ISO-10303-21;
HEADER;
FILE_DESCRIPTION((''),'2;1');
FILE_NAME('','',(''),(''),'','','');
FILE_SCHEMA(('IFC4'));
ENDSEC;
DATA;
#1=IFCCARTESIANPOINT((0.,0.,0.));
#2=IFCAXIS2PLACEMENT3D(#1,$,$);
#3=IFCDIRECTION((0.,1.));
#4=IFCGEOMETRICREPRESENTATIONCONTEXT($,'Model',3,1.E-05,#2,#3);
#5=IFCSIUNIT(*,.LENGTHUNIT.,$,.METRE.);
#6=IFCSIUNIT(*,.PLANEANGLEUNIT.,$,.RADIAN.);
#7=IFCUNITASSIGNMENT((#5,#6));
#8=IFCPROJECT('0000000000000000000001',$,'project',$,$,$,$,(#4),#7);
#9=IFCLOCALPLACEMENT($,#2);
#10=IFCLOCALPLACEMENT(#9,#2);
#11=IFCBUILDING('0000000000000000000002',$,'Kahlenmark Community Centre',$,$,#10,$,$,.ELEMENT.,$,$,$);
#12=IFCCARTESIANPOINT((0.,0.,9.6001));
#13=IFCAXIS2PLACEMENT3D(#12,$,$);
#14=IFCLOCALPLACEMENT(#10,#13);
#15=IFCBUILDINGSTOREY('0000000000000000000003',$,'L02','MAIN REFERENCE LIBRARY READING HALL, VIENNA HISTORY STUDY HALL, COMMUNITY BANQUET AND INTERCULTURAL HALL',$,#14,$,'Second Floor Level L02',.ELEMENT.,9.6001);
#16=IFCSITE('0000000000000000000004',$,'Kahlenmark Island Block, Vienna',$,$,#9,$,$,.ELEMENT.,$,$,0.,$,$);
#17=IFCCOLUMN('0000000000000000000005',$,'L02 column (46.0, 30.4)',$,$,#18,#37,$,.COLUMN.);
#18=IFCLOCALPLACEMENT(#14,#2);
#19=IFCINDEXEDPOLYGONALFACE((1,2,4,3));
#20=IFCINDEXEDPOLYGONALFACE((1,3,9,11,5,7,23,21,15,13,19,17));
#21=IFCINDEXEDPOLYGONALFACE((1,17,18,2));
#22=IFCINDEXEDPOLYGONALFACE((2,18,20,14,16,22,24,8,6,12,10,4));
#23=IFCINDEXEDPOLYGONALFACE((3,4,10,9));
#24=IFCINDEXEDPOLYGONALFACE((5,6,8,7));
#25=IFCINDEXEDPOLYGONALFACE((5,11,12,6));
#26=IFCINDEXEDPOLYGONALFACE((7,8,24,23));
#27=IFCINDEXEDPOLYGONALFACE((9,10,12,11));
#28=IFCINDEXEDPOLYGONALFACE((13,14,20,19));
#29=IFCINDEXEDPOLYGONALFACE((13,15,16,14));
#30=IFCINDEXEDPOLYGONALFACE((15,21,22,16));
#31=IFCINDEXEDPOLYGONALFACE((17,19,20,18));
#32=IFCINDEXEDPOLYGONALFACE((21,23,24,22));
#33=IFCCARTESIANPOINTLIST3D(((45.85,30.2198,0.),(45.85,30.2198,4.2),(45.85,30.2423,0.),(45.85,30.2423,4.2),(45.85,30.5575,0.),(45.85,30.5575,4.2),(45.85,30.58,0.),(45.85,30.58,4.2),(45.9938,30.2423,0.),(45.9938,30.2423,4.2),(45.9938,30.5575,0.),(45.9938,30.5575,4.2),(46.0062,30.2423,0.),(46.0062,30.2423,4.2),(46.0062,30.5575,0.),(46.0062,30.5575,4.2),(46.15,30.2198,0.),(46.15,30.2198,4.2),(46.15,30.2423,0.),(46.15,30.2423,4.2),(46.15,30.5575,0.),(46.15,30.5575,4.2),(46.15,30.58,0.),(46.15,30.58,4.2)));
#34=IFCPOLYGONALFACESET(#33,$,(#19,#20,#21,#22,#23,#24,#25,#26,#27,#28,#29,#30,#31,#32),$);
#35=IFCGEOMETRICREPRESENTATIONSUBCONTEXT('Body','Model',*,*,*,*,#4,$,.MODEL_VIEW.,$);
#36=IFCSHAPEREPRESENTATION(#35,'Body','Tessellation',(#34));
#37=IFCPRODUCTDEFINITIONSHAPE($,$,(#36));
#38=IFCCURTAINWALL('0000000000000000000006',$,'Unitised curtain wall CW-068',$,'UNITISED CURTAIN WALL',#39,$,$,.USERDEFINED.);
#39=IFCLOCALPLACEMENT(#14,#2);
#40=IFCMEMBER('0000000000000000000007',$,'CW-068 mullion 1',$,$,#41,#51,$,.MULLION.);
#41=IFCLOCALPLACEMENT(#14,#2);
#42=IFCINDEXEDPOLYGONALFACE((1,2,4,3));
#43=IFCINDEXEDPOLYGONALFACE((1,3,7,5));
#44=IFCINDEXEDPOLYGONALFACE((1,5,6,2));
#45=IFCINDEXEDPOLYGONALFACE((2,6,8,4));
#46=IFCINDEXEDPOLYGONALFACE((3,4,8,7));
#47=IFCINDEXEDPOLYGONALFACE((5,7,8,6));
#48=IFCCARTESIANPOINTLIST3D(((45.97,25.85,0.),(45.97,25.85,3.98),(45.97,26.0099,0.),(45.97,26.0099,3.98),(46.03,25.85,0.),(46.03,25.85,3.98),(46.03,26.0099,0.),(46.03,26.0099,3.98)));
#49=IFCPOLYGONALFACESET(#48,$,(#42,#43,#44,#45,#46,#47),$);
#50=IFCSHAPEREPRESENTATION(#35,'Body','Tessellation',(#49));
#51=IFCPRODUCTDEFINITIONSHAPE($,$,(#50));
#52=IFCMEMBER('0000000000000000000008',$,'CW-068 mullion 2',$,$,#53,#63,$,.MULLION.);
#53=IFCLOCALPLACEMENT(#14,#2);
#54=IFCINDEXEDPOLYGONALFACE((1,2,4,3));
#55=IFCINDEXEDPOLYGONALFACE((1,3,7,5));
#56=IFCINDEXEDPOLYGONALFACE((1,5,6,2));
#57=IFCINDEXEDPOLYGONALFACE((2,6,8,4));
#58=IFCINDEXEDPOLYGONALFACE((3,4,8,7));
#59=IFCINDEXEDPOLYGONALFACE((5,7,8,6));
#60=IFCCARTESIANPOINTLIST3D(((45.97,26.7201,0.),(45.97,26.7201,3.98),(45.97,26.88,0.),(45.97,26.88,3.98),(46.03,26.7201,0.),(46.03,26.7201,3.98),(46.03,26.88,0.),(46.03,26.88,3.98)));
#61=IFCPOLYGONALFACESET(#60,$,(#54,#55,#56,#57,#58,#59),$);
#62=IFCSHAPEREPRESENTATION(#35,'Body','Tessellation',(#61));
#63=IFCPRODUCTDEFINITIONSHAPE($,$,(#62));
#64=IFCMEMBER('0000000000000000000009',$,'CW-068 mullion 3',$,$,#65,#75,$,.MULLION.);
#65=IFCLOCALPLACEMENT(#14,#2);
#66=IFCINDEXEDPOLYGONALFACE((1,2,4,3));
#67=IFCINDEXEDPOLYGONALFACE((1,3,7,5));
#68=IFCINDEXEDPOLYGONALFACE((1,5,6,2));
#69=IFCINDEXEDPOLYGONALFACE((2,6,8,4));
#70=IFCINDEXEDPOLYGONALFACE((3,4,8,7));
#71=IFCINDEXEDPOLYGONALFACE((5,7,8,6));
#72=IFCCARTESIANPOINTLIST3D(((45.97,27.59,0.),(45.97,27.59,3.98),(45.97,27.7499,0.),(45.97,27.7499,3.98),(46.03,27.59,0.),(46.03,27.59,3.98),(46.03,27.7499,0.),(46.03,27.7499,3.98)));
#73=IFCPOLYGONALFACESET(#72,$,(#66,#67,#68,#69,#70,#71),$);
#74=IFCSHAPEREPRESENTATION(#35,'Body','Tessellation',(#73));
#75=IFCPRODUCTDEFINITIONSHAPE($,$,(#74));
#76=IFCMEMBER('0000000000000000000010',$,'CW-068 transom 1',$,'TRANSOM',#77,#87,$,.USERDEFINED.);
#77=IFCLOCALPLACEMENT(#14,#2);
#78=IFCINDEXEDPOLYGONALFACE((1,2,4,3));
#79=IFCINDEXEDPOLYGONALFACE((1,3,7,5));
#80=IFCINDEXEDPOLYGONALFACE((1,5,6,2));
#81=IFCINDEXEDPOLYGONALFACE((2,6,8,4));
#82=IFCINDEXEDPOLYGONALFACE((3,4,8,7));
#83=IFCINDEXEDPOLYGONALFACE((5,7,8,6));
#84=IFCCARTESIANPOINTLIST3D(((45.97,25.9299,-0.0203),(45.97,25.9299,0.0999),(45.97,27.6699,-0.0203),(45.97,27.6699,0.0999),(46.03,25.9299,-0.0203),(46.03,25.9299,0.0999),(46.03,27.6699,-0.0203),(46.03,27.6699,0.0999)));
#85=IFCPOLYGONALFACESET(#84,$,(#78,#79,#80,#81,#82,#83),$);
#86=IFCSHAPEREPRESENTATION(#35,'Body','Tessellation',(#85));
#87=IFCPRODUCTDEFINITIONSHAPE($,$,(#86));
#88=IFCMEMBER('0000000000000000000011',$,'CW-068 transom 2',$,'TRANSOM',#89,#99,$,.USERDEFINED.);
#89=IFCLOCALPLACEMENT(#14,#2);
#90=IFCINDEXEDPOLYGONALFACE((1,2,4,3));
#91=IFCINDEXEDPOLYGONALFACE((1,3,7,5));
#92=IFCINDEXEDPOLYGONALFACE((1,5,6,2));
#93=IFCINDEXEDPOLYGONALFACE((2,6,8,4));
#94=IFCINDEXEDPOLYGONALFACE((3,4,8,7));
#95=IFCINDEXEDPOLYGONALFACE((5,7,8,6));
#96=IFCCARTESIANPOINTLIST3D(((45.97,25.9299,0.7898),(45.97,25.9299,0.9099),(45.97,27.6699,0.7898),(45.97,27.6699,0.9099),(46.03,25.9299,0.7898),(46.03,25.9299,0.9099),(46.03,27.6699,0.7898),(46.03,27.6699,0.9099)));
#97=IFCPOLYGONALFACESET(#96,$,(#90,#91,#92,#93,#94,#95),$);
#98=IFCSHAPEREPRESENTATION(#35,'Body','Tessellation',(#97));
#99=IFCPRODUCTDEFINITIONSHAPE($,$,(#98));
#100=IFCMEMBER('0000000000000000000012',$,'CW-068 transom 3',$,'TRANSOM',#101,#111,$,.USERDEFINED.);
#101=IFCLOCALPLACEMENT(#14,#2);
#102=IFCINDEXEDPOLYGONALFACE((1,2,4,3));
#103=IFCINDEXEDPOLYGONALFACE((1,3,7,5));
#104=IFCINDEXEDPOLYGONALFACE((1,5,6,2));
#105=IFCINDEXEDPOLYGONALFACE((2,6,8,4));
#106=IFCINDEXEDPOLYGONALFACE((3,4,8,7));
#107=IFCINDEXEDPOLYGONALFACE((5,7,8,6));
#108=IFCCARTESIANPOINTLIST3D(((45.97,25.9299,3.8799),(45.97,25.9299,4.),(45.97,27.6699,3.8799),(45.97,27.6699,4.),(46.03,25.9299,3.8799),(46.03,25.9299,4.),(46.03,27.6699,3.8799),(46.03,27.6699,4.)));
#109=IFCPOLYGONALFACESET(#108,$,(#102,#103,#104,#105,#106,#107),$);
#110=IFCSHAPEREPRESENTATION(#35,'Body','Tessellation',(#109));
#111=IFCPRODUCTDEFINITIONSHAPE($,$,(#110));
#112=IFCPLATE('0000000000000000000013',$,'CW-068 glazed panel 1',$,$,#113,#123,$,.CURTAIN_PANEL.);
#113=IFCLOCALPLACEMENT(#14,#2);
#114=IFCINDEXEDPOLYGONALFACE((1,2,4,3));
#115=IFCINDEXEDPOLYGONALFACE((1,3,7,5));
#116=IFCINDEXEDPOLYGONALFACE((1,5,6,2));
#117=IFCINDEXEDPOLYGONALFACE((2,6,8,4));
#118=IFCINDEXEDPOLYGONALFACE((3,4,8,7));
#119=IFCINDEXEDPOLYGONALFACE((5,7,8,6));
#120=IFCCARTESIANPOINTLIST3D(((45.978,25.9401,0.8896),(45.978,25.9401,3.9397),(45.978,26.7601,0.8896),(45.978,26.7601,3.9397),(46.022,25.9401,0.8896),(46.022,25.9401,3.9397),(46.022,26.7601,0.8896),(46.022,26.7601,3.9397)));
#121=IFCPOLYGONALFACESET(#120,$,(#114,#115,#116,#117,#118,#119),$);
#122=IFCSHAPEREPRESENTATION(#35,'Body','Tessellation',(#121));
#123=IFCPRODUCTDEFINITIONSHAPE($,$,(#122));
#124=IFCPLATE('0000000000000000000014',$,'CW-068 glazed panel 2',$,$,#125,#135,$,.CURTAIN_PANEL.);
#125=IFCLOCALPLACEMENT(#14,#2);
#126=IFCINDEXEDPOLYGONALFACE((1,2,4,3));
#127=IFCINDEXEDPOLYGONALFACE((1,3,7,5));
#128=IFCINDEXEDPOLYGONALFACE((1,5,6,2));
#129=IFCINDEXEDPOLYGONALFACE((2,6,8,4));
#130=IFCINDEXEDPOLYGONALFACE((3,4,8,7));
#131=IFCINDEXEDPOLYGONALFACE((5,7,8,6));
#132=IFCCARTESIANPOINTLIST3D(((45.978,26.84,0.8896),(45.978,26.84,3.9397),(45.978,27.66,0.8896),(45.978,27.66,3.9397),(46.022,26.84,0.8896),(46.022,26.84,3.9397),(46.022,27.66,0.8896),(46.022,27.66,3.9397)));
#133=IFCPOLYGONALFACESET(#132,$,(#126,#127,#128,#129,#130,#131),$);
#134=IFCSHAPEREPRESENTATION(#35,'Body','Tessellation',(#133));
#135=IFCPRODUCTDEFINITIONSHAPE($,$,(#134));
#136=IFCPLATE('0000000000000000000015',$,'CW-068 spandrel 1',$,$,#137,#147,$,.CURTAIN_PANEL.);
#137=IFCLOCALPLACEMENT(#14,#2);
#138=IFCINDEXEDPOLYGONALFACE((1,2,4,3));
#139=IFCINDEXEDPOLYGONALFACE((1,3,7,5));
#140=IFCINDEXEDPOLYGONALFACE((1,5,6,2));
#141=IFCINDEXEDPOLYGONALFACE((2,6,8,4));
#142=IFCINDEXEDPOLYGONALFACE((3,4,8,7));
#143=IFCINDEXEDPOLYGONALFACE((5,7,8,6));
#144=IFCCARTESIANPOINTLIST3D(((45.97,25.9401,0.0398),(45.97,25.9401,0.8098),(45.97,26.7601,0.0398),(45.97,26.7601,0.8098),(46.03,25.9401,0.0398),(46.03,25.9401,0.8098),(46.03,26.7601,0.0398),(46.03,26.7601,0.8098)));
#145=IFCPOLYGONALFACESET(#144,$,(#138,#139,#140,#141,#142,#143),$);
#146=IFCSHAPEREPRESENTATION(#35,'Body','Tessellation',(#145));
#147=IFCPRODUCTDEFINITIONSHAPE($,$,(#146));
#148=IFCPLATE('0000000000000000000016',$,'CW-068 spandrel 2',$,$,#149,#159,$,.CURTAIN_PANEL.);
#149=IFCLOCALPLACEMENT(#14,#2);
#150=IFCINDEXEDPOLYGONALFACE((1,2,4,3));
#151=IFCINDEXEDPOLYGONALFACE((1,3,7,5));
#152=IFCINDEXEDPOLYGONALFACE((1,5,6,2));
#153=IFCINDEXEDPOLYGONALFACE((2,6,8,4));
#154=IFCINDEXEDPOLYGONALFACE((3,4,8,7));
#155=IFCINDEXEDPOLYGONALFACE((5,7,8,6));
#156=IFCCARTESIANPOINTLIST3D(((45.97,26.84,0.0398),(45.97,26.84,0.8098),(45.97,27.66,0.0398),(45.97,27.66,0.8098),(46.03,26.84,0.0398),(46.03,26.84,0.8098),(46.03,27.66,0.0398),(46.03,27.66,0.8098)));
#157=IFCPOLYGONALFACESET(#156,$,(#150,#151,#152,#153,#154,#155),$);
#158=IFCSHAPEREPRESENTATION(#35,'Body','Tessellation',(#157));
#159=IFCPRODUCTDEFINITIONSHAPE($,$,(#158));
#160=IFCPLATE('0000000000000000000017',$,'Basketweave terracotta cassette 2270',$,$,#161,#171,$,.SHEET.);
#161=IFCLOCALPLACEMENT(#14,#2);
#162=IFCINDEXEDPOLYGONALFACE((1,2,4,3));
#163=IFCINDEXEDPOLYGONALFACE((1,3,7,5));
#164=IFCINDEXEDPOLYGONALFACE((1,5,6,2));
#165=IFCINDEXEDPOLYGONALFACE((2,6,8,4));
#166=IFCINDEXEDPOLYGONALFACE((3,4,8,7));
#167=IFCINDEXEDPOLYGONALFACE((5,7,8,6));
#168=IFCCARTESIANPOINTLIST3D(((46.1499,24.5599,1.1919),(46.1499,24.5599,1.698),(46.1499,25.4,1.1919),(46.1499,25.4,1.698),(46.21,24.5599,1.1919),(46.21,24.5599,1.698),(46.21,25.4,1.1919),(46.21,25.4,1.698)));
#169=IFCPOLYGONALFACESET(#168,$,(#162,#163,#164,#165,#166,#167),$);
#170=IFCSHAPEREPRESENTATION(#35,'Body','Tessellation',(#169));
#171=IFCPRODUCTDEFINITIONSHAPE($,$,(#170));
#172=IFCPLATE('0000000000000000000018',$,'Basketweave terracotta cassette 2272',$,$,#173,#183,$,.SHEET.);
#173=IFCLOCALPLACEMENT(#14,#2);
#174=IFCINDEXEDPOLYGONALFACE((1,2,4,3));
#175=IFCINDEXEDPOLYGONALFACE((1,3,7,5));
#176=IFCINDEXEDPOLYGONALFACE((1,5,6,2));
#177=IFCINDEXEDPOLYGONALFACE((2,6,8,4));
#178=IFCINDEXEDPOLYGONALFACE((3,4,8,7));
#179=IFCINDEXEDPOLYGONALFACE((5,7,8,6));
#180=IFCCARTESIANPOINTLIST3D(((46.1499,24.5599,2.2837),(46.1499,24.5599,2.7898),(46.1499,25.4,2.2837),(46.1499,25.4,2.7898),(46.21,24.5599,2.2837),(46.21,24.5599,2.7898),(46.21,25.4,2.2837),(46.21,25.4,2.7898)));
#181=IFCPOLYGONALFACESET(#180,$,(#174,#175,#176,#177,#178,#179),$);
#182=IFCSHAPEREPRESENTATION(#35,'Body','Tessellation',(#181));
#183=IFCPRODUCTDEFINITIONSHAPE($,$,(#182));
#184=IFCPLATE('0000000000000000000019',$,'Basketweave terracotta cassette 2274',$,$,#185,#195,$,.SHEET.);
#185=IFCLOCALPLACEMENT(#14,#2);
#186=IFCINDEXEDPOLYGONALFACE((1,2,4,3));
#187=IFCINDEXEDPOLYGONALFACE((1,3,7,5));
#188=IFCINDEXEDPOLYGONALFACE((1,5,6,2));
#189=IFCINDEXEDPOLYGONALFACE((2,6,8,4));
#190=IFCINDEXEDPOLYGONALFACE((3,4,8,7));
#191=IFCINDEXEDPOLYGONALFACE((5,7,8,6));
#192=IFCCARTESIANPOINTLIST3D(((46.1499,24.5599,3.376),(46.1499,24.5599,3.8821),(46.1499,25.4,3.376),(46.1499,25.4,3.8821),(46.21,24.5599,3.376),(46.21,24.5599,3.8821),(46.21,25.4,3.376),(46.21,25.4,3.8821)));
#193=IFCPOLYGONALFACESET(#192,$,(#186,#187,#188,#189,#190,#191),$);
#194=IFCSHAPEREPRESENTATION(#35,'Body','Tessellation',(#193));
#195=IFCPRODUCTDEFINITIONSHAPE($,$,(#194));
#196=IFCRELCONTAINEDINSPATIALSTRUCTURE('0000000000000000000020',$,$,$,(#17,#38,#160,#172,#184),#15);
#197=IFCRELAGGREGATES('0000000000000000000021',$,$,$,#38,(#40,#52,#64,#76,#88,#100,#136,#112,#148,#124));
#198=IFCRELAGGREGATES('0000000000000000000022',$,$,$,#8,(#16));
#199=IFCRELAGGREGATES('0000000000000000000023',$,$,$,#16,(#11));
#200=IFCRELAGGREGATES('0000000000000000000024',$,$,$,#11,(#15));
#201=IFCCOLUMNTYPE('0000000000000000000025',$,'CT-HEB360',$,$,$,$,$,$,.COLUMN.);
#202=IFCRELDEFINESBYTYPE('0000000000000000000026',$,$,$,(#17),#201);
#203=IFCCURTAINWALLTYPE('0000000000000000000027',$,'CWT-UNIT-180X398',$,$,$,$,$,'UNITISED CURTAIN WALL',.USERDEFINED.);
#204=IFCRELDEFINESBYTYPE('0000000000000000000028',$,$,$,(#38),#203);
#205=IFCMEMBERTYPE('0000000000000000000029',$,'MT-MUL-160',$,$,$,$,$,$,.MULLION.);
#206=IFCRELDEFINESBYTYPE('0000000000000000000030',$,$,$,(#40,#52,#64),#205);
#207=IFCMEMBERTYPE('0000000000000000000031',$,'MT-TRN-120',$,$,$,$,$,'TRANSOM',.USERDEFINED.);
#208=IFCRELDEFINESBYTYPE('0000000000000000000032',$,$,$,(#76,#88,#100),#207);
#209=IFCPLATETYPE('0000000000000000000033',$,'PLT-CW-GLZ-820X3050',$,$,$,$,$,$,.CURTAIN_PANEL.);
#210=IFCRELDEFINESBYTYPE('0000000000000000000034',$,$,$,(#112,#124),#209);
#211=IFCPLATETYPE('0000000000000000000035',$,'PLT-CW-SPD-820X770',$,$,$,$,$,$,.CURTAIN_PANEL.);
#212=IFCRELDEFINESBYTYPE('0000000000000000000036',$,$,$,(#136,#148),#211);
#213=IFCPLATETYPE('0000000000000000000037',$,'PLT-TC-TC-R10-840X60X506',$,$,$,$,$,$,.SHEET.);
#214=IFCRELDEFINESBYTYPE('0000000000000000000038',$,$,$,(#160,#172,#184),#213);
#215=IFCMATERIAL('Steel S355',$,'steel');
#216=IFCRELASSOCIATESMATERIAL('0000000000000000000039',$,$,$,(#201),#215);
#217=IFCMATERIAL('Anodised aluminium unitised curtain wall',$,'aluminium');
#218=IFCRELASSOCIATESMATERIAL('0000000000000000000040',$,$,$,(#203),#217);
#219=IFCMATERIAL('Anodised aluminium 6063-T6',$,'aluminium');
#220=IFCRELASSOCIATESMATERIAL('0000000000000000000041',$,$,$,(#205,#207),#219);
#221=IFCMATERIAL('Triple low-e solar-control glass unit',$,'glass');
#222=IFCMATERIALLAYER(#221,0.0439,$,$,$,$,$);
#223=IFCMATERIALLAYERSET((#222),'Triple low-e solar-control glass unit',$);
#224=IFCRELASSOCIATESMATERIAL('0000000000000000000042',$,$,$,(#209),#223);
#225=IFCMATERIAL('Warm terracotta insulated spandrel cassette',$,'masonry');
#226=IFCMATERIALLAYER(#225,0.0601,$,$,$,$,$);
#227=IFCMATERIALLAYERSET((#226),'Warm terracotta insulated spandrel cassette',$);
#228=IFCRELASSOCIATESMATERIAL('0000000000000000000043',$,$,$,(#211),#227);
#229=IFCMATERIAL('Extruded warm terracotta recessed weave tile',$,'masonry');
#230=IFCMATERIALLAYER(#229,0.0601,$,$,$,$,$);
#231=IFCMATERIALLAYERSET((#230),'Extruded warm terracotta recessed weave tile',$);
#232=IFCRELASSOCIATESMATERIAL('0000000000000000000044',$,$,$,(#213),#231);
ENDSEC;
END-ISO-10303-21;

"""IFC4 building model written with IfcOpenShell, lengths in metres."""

from ifc_helpers import new_model, si_unit, direction, frame, origin, origin_2d, place, context, subcontext, project, spatial, rectangle, i_section, extrude, material, layer, layer_set, material_profile, profile_set, type_object, element, aggregate, save


model = new_model("IFC4")

# Units and contexts
model_context = context("Model", 3, precision=1e-05, world=origin(), true_north=direction((0.0, 1.0)))
body_context = subcontext(model_context, "Body", "Model", "MODEL_VIEW")
ifc_project = project(units=[si_unit("LENGTHUNIT", "METRE"), si_unit("PLANEANGLEUNIT", "RADIAN")], contexts=[model_context])

# Site, building, storey
site_placement = place(None, origin())
site = spatial("IfcSite", under=ifc_project, at=site_placement, Name="Kahlenmark Island Block, Vienna", CompositionType="ELEMENT", RefElevation=0.0)
building_placement = place(site_placement, origin())
building = spatial("IfcBuilding", under=site, at=building_placement, Name="Kahlenmark Community Centre", CompositionType="ELEMENT")
storey_placement = place(building_placement, frame((0.0, 0.0, 9.6001)))
storey = spatial("IfcBuildingStorey", under=building, at=storey_placement, Name="L02", Description="MAIN REFERENCE LIBRARY READING HALL, VIENNA HISTORY STUDY HALL, COMMUNITY BANQUET AND INTERCULTURAL HALL", LongName="Second Floor Level L02", CompositionType="ELEMENT", Elevation=9.6001)

# Column
ifc_material_1 = material(Name="Steel S355", Category="steel")
ifc_material_profile_1 = material_profile(ifc_material_1, i_section(OverallWidth=0.3, OverallDepth=0.3601, WebThickness=0.0125, FlangeThickness=0.0225, at=origin_2d()), Name="HEB 360")
ifc_profile_set_1 = profile_set([ifc_material_profile_1], Name="Steel S355")
column_type = type_object("IfcColumnType", Name="CT-HEB360", PredefinedType="COLUMN", material=ifc_profile_set_1)
column_placement = place(storey_placement, frame((46.0, 30.3999, 0.0), z_axis=(0.0, 0.0, 1.0), x_axis=(1.0, 0.0, 0.0)))
element("IfcColumn", 1, at=column_placement, inside=storey, type_object=column_type, Name="L02 column (46.0, 30.4)", PredefinedType="COLUMN", context=body_context, shape_type="SweptSolid", body=[
    extrude(i_section(OverallWidth=0.3, OverallDepth=0.3601, WebThickness=0.0125, FlangeThickness=0.0225, at=origin_2d()), origin(), (0.0, 0.0, 1.0), 4.2),
])

# Curtain wall, members, plates
ifc_material_2 = material(Name="Anodised aluminium unitised curtain wall", Category="aluminium")
curtain_wall_type = type_object("IfcCurtainWallType", Name="CWT-UNIT-180X398", ElementType="UNITISED CURTAIN WALL", PredefinedType="USERDEFINED", material=ifc_material_2)
curtain_wall_placement = place(storey_placement, origin())
curtain_wall = element("IfcCurtainWall", 2, at=curtain_wall_placement, inside=storey, type_object=curtain_wall_type, Name="Unitised curtain wall CW-068", ObjectType="UNITISED CURTAIN WALL", PredefinedType="USERDEFINED")
ifc_material_3 = material(Name="Anodised aluminium 6063-T6", Category="aluminium")
ifc_material_profile_2 = material_profile(ifc_material_3, rectangle(XDim=0.0601, YDim=0.1599, at=origin_2d()), Name="ALU MULLION 60x160")
ifc_profile_set_2 = profile_set([ifc_material_profile_2], Name="Anodised aluminium 6063-T6")
member_type_1 = type_object("IfcMemberType", Name="MT-MUL-160", PredefinedType="MULLION", material=ifc_profile_set_2)
member_1_placement = place(storey_placement, frame((46.0, 25.9299, 0.0), z_axis=(0.0, 0.0, 1.0), x_axis=(-1.0, 0.0, 0.0)))
member_1 = element("IfcMember", 3, at=member_1_placement, type_object=member_type_1, Name="CW-068 mullion 1", PredefinedType="MULLION", context=body_context, shape_type="SweptSolid", body=[
    extrude(rectangle(XDim=0.0601, YDim=0.1599, at=origin_2d()), origin(), (0.0, 0.0, 1.0), 3.98),
])
member_2_placement = place(storey_placement, frame((46.0, 26.8, 0.0), z_axis=(0.0, 0.0, 1.0), x_axis=(-1.0, 0.0, 0.0)))
member_2 = element("IfcMember", 4, at=member_2_placement, type_object=member_type_1, Name="CW-068 mullion 2", PredefinedType="MULLION", context=body_context, shape_type="SweptSolid", body=[
    extrude(rectangle(XDim=0.0601, YDim=0.1599, at=origin_2d()), origin(), (0.0, 0.0, 1.0), 3.98),
])
member_3_placement = place(storey_placement, frame((46.0, 27.6699, 0.0), z_axis=(0.0, 0.0, 1.0), x_axis=(-1.0, 0.0, 0.0)))
member_3 = element("IfcMember", 5, at=member_3_placement, type_object=member_type_1, Name="CW-068 mullion 3", PredefinedType="MULLION", context=body_context, shape_type="SweptSolid", body=[
    extrude(rectangle(XDim=0.0601, YDim=0.1599, at=origin_2d()), origin(), (0.0, 0.0, 1.0), 3.98),
])
ifc_material_profile_3 = material_profile(ifc_material_3, rectangle(XDim=0.0601, YDim=0.1201, at=origin_2d()), Name="ALU TRANSOM 60x120")
ifc_profile_set_3 = profile_set([ifc_material_profile_3], Name="Anodised aluminium 6063-T6")
member_type_2 = type_object("IfcMemberType", Name="MT-TRN-120", ElementType="TRANSOM", PredefinedType="USERDEFINED", material=ifc_profile_set_3)
member_4_placement = place(storey_placement, frame((46.0, 25.9299, 0.0398), z_axis=(0.0, 1.0, 0.0), x_axis=(-1.0, 0.0, 0.0)))
member_4 = element("IfcMember", 6, at=member_4_placement, type_object=member_type_2, Name="CW-068 transom 1", ObjectType="TRANSOM", PredefinedType="USERDEFINED", context=body_context, shape_type="SweptSolid", body=[
    extrude(rectangle(XDim=0.0601, YDim=0.1201, at=origin_2d()), origin(), (0.0, 0.0, 1.0), 1.74),
])
member_5_placement = place(storey_placement, frame((46.0, 25.9299, 0.8499), z_axis=(0.0, 1.0, 0.0), x_axis=(-1.0, 0.0, 0.0)))
member_5 = element("IfcMember", 7, at=member_5_placement, type_object=member_type_2, Name="CW-068 transom 2", ObjectType="TRANSOM", PredefinedType="USERDEFINED", context=body_context, shape_type="SweptSolid", body=[
    extrude(rectangle(XDim=0.0601, YDim=0.1201, at=origin_2d()), origin(), (0.0, 0.0, 1.0), 1.74),
])
member_6_placement = place(storey_placement, frame((46.0, 25.9299, 3.9399), z_axis=(0.0, 1.0, 0.0), x_axis=(-1.0, 0.0, 0.0)))
member_6 = element("IfcMember", 8, at=member_6_placement, type_object=member_type_2, Name="CW-068 transom 3", ObjectType="TRANSOM", PredefinedType="USERDEFINED", context=body_context, shape_type="SweptSolid", body=[
    extrude(rectangle(XDim=0.0601, YDim=0.1201, at=origin_2d()), origin(), (0.0, 0.0, 1.0), 1.74),
])
ifc_material_4 = material(Name="Triple low-e solar-control glass unit", Category="glass")
ifc_layer_1 = layer(ifc_material_4, 0.0439)
ifc_layer_set_1 = layer_set([ifc_layer_1], Name="Triple low-e solar-control glass unit")
plate_type_1 = type_object("IfcPlateType", Name="PLT-CW-GLZ-820X3050", PredefinedType="CURTAIN_PANEL", material=ifc_layer_set_1)
plate_1_placement = place(storey_placement, frame((46.0, 26.3501, 0.8896), z_axis=(0.0, 0.0, 1.0), x_axis=(0.0, 1.0, 0.0)))
plate_1 = element("IfcPlate", 9, at=plate_1_placement, type_object=plate_type_1, Name="CW-068 glazed panel 1", PredefinedType="CURTAIN_PANEL", context=body_context, shape_type="SweptSolid", body=[
    extrude(rectangle(XDim=0.8201, YDim=0.0439, at=origin_2d()), origin(), (0.0, 0.0, 1.0), 3.05),
])
plate_2_placement = place(storey_placement, frame((46.0, 27.25, 0.8896), z_axis=(0.0, 0.0, 1.0), x_axis=(0.0, 1.0, 0.0)))
plate_2 = element("IfcPlate", 10, at=plate_2_placement, type_object=plate_type_1, Name="CW-068 glazed panel 2", PredefinedType="CURTAIN_PANEL", context=body_context, shape_type="SweptSolid", body=[
    extrude(rectangle(XDim=0.8201, YDim=0.0439, at=origin_2d()), origin(), (0.0, 0.0, 1.0), 3.05),
])
ifc_material_5 = material(Name="Warm terracotta insulated spandrel cassette", Category="masonry")
ifc_layer_2 = layer(ifc_material_5, 0.0601)
ifc_layer_set_2 = layer_set([ifc_layer_2], Name="Warm terracotta insulated spandrel cassette")
plate_type_2 = type_object("IfcPlateType", Name="PLT-CW-SPD-820X770", PredefinedType="CURTAIN_PANEL", material=ifc_layer_set_2)
plate_3_placement = place(storey_placement, frame((46.0, 26.3501, 0.0398), z_axis=(0.0, 0.0, 1.0), x_axis=(0.0, 1.0, 0.0)))
plate_3 = element("IfcPlate", 11, at=plate_3_placement, type_object=plate_type_2, Name="CW-068 spandrel 1", PredefinedType="CURTAIN_PANEL", context=body_context, shape_type="SweptSolid", body=[
    extrude(rectangle(XDim=0.8201, YDim=0.0601, at=origin_2d()), origin(), (0.0, 0.0, 1.0), 0.77),
])
plate_4_placement = place(storey_placement, frame((46.0, 27.25, 0.0398), z_axis=(0.0, 0.0, 1.0), x_axis=(0.0, 1.0, 0.0)))
plate_4 = element("IfcPlate", 12, at=plate_4_placement, type_object=plate_type_2, Name="CW-068 spandrel 2", PredefinedType="CURTAIN_PANEL", context=body_context, shape_type="SweptSolid", body=[
    extrude(rectangle(XDim=0.8201, YDim=0.0601, at=origin_2d()), origin(), (0.0, 0.0, 1.0), 0.77),
])
aggregate(curtain_wall, [member_1, member_2, member_3, member_4, member_5, member_6, plate_3, plate_1, plate_4, plate_2])

# Plates
ifc_material_6 = material(Name="Extruded warm terracotta recessed weave tile", Category="masonry")
ifc_layer_3 = layer(ifc_material_6, 0.0601)
ifc_layer_set_3 = layer_set([ifc_layer_3], Name="Extruded warm terracotta recessed weave tile")
plate_type_3 = type_object("IfcPlateType", Name="PLT-TC-TC-R10-840X60X506", PredefinedType="SHEET", material=ifc_layer_set_3)
for number, where, z_axis, x_axis, name in (
    (13, (46.1799, 24.98, 1.1919), (0.0, 0.0, 1.0), (0.0, 1.0, 0.0), "Basketweave terracotta cassette 2270"),
    (14, (46.1799, 24.98, 2.2837), (0.0, 0.0, 1.0), (0.0, 1.0, 0.0), "Basketweave terracotta cassette 2272"),
    (15, (46.1799, 24.98, 3.376), (0.0, 0.0, 1.0), (0.0, 1.0, 0.0), "Basketweave terracotta cassette 2274"),
):
    element("IfcPlate", number, at=place(storey_placement, frame(where, z_axis=z_axis, x_axis=x_axis)), inside=storey, type_object=plate_type_3, Name=name, PredefinedType="SHEET", context=body_context, shape_type="SweptSolid", body=[
        extrude(rectangle(XDim=0.8401, YDim=0.0601, at=origin_2d()), origin(), (0.0, 0.0, 1.0), 0.5061),
    ])

save(model, "model.ifc")
